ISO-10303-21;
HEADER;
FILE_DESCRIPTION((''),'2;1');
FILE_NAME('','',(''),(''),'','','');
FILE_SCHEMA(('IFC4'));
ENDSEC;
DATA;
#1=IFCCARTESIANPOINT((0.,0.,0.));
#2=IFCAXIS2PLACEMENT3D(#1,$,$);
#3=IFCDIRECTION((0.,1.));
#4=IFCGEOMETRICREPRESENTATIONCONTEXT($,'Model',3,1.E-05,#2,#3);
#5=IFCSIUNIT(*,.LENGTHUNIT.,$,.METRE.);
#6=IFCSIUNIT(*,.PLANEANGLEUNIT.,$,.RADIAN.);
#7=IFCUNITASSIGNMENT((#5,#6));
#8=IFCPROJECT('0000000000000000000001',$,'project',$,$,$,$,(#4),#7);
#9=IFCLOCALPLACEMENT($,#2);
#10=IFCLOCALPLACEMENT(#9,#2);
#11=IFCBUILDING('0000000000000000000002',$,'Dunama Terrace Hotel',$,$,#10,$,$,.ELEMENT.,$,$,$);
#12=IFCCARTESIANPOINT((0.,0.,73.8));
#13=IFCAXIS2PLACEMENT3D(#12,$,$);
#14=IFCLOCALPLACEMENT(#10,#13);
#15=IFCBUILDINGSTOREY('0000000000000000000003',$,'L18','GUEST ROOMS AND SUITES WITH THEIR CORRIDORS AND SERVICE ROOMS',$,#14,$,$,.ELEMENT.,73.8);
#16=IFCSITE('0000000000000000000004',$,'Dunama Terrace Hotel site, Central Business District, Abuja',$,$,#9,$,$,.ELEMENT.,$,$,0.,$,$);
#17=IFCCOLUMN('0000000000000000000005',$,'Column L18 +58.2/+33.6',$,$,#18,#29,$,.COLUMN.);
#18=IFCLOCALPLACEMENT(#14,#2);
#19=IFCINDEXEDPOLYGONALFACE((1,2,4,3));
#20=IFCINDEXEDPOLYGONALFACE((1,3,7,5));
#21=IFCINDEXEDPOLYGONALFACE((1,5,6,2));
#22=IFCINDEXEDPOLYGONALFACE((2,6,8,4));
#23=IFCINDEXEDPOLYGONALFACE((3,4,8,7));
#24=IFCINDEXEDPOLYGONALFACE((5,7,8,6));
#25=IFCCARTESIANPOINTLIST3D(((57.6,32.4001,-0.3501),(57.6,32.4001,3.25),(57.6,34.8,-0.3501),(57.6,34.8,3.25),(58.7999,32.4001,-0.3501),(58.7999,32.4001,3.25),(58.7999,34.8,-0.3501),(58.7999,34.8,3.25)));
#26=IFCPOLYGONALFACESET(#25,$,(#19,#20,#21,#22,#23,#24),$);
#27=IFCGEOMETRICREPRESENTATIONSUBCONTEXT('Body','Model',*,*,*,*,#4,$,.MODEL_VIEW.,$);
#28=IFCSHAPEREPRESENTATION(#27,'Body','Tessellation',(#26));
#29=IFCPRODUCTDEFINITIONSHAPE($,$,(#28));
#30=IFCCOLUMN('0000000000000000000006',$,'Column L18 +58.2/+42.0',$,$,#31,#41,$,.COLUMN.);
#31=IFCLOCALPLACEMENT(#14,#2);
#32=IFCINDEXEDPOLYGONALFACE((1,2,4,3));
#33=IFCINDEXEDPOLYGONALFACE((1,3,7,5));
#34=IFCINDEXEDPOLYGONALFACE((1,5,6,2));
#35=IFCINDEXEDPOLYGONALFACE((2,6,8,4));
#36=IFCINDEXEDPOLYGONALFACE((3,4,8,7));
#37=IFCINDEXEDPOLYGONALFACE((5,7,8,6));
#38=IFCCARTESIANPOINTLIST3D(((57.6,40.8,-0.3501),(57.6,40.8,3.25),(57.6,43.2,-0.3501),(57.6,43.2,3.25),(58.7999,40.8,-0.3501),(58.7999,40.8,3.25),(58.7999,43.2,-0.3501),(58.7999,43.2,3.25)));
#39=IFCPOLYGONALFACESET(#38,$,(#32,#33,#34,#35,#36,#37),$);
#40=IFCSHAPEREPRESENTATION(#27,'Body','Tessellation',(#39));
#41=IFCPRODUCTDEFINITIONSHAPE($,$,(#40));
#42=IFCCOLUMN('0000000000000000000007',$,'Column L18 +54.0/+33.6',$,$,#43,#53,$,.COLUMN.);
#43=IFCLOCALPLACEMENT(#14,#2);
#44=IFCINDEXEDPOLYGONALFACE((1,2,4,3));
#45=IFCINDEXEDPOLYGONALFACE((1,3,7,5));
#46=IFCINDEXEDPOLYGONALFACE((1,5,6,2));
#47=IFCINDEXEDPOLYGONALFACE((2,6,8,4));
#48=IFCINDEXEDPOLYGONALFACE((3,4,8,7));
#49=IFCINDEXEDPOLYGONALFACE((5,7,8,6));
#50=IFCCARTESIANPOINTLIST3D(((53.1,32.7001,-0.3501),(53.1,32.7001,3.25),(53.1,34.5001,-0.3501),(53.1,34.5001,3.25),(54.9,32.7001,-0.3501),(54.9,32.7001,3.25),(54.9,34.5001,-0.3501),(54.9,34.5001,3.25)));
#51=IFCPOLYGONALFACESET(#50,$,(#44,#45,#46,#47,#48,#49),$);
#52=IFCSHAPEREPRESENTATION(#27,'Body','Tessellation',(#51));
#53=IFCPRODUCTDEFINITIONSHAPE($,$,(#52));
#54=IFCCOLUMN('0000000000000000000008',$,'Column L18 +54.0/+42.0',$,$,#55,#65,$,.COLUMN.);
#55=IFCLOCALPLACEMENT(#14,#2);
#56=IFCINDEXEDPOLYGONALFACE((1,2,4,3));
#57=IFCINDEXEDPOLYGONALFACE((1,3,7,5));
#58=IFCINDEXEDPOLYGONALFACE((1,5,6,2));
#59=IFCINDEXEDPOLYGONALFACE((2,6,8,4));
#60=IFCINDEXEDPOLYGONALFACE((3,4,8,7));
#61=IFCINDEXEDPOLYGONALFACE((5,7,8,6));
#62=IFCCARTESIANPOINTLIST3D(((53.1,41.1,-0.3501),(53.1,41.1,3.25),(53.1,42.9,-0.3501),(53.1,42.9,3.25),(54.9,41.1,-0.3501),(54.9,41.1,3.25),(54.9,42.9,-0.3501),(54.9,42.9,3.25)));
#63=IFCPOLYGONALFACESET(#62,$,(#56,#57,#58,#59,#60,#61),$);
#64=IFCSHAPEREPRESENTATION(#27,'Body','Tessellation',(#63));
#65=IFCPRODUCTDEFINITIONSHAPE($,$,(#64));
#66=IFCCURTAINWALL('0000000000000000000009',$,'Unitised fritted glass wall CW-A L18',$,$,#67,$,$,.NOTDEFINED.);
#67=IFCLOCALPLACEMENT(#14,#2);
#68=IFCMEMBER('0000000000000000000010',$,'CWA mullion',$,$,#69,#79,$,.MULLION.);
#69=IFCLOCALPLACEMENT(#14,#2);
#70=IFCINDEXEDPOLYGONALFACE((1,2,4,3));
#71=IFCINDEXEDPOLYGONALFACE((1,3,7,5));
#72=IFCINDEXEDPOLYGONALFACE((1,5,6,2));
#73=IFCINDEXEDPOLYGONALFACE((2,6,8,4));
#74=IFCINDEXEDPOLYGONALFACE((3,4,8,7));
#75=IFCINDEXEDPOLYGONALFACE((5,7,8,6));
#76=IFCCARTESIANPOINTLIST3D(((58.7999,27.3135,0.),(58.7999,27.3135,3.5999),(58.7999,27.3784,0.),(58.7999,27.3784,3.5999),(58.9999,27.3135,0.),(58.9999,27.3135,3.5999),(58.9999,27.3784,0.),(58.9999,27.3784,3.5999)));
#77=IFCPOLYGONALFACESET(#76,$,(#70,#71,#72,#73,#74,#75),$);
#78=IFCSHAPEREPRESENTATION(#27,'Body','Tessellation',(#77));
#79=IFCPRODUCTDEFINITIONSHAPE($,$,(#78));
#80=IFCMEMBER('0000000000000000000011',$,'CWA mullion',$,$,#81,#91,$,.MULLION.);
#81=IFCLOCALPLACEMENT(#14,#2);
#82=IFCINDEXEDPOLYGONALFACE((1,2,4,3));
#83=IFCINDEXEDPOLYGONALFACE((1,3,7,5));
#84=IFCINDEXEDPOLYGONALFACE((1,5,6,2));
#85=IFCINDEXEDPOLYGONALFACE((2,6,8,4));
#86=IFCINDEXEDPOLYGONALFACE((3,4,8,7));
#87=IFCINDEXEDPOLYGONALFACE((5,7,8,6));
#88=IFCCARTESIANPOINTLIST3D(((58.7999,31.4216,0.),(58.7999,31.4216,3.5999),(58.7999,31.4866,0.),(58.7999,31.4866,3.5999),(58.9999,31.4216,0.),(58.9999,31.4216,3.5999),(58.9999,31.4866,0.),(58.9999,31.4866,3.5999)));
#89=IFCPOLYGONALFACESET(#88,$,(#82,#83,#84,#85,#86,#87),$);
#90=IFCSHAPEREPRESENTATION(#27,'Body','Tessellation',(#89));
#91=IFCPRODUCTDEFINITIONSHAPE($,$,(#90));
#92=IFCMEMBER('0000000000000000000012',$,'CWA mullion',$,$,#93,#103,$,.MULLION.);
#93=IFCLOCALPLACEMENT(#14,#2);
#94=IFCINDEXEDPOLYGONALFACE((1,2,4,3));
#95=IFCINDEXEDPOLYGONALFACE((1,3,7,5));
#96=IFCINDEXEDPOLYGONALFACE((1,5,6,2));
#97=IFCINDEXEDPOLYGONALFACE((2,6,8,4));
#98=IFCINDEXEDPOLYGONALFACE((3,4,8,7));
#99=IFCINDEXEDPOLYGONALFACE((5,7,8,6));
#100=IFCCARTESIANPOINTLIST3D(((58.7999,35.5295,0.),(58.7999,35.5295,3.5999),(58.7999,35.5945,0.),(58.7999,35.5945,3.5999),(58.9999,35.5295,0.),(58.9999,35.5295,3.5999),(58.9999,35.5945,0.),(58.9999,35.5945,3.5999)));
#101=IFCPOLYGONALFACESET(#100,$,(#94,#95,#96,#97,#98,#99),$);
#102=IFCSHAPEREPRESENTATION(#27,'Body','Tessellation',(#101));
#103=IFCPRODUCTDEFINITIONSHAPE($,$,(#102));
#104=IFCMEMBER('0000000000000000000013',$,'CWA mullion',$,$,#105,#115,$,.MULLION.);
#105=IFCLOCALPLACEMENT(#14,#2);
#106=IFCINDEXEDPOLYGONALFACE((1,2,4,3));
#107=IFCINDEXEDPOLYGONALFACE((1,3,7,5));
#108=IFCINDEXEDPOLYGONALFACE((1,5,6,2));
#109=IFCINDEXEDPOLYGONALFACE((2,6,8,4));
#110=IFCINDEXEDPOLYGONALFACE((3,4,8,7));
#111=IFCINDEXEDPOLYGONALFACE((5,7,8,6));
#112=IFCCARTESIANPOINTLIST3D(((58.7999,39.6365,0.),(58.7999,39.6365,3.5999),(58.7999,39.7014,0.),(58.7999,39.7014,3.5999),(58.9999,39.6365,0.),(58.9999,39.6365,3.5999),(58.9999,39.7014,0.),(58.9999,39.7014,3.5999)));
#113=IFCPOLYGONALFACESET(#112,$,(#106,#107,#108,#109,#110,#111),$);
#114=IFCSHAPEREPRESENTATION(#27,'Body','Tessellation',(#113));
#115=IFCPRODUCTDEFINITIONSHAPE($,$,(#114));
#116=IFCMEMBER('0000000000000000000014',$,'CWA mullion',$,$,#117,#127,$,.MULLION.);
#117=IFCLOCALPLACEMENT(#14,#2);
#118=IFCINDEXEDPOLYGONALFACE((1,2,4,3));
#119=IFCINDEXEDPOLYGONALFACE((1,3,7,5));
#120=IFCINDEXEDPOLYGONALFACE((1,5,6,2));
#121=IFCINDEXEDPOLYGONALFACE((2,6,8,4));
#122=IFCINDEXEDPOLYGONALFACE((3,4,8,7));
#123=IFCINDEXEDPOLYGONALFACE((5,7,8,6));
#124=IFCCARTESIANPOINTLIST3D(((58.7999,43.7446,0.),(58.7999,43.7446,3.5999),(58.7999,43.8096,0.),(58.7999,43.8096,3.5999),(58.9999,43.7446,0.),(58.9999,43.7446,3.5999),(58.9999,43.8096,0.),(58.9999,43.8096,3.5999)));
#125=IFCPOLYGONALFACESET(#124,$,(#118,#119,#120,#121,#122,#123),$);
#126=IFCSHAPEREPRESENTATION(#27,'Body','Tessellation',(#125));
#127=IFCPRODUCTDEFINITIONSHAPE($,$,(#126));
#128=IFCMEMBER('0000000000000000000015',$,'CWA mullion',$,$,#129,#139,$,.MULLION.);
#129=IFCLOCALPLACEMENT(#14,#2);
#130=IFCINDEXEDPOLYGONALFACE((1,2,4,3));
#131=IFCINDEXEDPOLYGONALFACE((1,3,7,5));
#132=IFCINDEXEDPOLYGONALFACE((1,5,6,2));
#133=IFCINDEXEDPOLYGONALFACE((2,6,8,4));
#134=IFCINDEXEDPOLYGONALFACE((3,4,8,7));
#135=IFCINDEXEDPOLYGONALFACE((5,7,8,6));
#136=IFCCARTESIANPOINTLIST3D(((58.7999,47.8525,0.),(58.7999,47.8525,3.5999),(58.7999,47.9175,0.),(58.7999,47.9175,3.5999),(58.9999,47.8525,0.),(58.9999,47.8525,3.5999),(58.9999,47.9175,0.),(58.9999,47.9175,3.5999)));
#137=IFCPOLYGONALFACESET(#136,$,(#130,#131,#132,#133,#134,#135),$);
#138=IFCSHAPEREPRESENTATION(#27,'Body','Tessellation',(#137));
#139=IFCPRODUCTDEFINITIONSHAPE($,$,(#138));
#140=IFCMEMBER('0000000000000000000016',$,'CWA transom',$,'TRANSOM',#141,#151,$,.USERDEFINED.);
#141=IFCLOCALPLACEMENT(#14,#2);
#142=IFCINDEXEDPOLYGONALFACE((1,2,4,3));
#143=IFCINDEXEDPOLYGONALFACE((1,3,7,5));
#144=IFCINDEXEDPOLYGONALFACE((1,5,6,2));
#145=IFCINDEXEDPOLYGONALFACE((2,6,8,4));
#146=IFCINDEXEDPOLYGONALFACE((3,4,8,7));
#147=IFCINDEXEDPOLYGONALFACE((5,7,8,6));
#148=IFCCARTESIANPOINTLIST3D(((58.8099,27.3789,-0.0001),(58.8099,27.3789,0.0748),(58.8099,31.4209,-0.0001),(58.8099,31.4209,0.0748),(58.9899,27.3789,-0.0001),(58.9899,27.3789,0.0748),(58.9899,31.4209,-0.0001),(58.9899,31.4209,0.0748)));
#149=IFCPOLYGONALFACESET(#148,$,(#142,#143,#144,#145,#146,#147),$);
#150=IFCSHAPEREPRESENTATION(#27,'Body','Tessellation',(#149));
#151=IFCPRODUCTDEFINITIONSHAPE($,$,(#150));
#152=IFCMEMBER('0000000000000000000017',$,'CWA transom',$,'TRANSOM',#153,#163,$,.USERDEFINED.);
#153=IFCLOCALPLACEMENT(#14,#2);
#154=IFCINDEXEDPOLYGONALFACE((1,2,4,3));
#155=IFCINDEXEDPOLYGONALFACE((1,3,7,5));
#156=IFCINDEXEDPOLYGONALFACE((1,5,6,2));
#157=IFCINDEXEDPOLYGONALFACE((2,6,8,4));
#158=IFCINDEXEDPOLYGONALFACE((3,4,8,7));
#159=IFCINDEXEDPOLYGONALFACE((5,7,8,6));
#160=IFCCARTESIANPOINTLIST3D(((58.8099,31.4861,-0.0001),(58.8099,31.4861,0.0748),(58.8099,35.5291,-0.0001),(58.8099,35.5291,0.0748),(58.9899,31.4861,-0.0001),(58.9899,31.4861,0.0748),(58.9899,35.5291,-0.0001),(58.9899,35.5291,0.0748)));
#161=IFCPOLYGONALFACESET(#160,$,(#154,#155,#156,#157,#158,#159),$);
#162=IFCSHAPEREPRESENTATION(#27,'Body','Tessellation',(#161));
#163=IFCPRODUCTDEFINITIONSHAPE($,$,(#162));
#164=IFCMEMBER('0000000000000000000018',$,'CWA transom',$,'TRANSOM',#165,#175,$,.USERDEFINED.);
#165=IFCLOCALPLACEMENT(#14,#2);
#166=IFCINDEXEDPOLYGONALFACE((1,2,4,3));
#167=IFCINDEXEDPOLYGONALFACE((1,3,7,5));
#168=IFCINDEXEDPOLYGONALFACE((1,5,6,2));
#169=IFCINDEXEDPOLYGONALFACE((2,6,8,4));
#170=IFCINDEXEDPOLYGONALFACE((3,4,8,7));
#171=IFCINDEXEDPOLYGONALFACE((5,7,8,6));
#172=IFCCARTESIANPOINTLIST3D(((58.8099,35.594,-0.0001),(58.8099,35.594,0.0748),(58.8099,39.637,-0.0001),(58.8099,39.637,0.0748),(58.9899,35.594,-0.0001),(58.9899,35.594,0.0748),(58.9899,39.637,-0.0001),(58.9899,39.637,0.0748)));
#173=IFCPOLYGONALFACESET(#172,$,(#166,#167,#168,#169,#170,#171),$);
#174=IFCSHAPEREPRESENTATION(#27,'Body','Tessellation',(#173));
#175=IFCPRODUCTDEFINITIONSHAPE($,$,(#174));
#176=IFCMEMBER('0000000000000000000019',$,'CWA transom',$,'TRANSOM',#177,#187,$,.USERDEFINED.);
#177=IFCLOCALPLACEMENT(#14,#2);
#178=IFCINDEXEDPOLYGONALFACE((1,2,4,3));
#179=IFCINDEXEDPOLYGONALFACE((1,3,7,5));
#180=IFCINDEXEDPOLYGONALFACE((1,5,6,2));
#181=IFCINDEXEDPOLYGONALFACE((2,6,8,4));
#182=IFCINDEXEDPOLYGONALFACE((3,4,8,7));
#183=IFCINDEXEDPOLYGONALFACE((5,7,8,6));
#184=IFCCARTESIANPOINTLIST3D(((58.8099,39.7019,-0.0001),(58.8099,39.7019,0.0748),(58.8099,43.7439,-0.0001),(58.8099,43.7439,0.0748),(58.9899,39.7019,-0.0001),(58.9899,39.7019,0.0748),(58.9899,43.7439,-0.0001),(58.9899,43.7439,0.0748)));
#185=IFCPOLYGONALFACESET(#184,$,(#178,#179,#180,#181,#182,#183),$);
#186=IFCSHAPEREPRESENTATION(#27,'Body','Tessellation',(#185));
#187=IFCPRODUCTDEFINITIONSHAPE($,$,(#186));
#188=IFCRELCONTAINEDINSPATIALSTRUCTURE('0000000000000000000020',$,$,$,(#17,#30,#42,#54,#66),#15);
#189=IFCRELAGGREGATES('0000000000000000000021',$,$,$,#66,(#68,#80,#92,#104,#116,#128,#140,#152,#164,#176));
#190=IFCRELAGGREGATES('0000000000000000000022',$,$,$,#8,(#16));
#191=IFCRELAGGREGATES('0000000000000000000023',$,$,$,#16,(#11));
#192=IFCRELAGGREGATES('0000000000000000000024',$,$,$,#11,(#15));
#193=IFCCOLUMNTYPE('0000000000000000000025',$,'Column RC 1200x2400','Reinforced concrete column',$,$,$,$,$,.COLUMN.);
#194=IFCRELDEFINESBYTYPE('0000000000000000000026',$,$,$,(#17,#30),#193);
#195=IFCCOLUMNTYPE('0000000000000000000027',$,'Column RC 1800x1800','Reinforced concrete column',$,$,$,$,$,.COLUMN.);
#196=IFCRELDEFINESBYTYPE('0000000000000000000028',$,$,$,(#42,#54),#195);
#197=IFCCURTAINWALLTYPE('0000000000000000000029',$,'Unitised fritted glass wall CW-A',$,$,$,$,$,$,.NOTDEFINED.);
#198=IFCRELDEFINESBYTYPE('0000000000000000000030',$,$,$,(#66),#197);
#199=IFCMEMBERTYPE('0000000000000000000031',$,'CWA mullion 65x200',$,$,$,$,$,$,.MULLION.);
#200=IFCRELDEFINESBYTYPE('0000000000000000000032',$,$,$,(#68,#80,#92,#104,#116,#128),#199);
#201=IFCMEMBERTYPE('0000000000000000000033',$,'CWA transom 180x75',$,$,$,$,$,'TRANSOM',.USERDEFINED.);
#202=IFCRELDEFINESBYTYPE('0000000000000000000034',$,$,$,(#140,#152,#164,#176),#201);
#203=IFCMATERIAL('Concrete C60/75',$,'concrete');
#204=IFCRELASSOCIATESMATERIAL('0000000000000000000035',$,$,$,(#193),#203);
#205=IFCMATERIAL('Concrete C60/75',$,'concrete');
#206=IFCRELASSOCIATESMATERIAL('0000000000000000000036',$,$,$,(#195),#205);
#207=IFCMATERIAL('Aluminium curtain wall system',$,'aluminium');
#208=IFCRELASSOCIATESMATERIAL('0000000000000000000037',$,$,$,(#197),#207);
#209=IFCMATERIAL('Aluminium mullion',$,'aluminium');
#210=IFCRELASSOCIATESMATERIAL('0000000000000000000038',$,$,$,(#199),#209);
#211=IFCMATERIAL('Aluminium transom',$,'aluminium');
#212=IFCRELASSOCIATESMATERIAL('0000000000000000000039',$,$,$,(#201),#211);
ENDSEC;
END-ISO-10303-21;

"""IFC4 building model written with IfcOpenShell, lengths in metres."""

from ifc_helpers import new_model, si_unit, direction, frame, origin, origin_2d, place, context, subcontext, project, spatial, rectangle, extrude, material, material_profile, profile_set, type_object, element, aggregate, save


model = new_model("IFC4")

# Units and contexts
model_context = context("Model", 3, precision=1e-05, world=origin(), true_north=direction((0.0, 1.0)))
body_context = subcontext(model_context, "Body", "Model", "MODEL_VIEW")
ifc_project = project(units=[si_unit("LENGTHUNIT", "METRE"), si_unit("PLANEANGLEUNIT", "RADIAN")], contexts=[model_context])

# Site, building, storey
site_placement = place(None, origin())
site = spatial("IfcSite", under=ifc_project, at=site_placement, Name="Dunama Terrace Hotel site, Central Business District, Abuja", CompositionType="ELEMENT", RefElevation=0.0)
building_placement = place(site_placement, origin())
building = spatial("IfcBuilding", under=site, at=building_placement, Name="Dunama Terrace Hotel", CompositionType="ELEMENT")
storey_placement = place(building_placement, frame((0.0, 0.0, 73.8)))
storey = spatial("IfcBuildingStorey", under=building, at=storey_placement, Name="L18", Description="GUEST ROOMS AND SUITES WITH THEIR CORRIDORS AND SERVICE ROOMS", CompositionType="ELEMENT", Elevation=73.8)

# Columns
ifc_material_1 = material(Name="Concrete C60/75", Category="concrete")
ifc_material_profile_1 = material_profile(ifc_material_1, rectangle(XDim=1.2, YDim=2.3999, at=origin_2d()), Name="RC 1200x2400")
ifc_profile_set_1 = profile_set([ifc_material_profile_1], Name="Concrete C60/75")
column_type_1 = type_object("IfcColumnType", Name="Column RC 1200x2400", Description="Reinforced concrete column", PredefinedType="COLUMN", material=ifc_profile_set_1)
for number, where, z_axis, x_axis, name in (
    (1, (58.2, 33.6001, -0.3501), (0.0, 0.0, 1.0), (1.0, 0.0, 0.0), "Column L18 +58.2/+33.6"),
    (2, (58.2, 42.0, -0.3501), (0.0, 0.0, 1.0), (1.0, 0.0, 0.0), "Column L18 +58.2/+42.0"),
):
    element("IfcColumn", number, at=place(storey_placement, frame(where, z_axis=z_axis, x_axis=x_axis)), inside=storey, type_object=column_type_1, Name=name, PredefinedType="COLUMN", context=body_context, shape_type="SweptSolid", body=[
        extrude(rectangle(XDim=1.2, YDim=2.3999, at=origin_2d()), origin(), (0.0, 0.0, 1.0), 3.6001),
    ])
ifc_material_2 = material(Name="Concrete C60/75", Category="concrete")
ifc_material_profile_2 = material_profile(ifc_material_2, rectangle(XDim=1.8, YDim=1.8, at=origin_2d()), Name="RC 1800x1800")
ifc_profile_set_2 = profile_set([ifc_material_profile_2], Name="Concrete C60/75")
column_type_2 = type_object("IfcColumnType", Name="Column RC 1800x1800", Description="Reinforced concrete column", PredefinedType="COLUMN", material=ifc_profile_set_2)
for number, where, z_axis, x_axis, name in (
    (3, (54.0, 33.6001, -0.3501), (0.0, 0.0, 1.0), (1.0, 0.0, 0.0), "Column L18 +54.0/+33.6"),
    (4, (54.0, 42.0, -0.3501), (0.0, 0.0, 1.0), (1.0, 0.0, 0.0), "Column L18 +54.0/+42.0"),
):
    element("IfcColumn", number, at=place(storey_placement, frame(where, z_axis=z_axis, x_axis=x_axis)), inside=storey, type_object=column_type_2, Name=name, PredefinedType="COLUMN", context=body_context, shape_type="SweptSolid", body=[
        extrude(rectangle(XDim=1.8, YDim=1.8, at=origin_2d()), origin(), (0.0, 0.0, 1.0), 3.6001),
    ])

# Curtain wall, members
ifc_material_3 = material(Name="Aluminium curtain wall system", Category="aluminium")
curtain_wall_type = type_object("IfcCurtainWallType", Name="Unitised fritted glass wall CW-A", PredefinedType="NOTDEFINED", material=ifc_material_3)
curtain_wall_placement = place(storey_placement, origin())
curtain_wall = element("IfcCurtainWall", 5, at=curtain_wall_placement, inside=storey, type_object=curtain_wall_type, Name="Unitised fritted glass wall CW-A L18", PredefinedType="NOTDEFINED")
ifc_material_4 = material(Name="Aluminium mullion", Category="aluminium")
ifc_material_profile_3 = material_profile(ifc_material_4, rectangle(XDim=0.0649, YDim=0.2, at=origin_2d()), Name="CWA MULLION 65X200")
ifc_profile_set_3 = profile_set([ifc_material_profile_3], Name="Aluminium mullion")
member_type_1 = type_object("IfcMemberType", Name="CWA mullion 65x200", PredefinedType="MULLION", material=ifc_profile_set_3)
member_1_placement = place(storey_placement, frame((58.8999, 27.3459, 0.0), z_axis=(0.0, 0.0, 1.0), x_axis=(0.0, 1.0, 0.0)))
member_1 = element("IfcMember", 6, at=member_1_placement, type_object=member_type_1, Name="CWA mullion", PredefinedType="MULLION", context=body_context, shape_type="SweptSolid", body=[
    extrude(rectangle(XDim=0.0649, YDim=0.2, at=origin_2d()), origin(), (0.0, 0.0, 1.0), 3.5999),
])
member_2_placement = place(storey_placement, frame((58.8999, 31.4541, 0.0), z_axis=(0.0, 0.0, 1.0), x_axis=(0.0, 1.0, 0.0)))
member_2 = element("IfcMember", 7, at=member_2_placement, type_object=member_type_1, Name="CWA mullion", PredefinedType="MULLION", context=body_context, shape_type="SweptSolid", body=[
    extrude(rectangle(XDim=0.0649, YDim=0.2, at=origin_2d()), origin(), (0.0, 0.0, 1.0), 3.5999),
])
member_3_placement = place(storey_placement, frame((58.8999, 35.562, 0.0), z_axis=(0.0, 0.0, 1.0), x_axis=(0.0, 1.0, 0.0)))
member_3 = element("IfcMember", 8, at=member_3_placement, type_object=member_type_1, Name="CWA mullion", PredefinedType="MULLION", context=body_context, shape_type="SweptSolid", body=[
    extrude(rectangle(XDim=0.0649, YDim=0.2, at=origin_2d()), origin(), (0.0, 0.0, 1.0), 3.5999),
])
member_4_placement = place(storey_placement, frame((58.8999, 39.6689, 0.0), z_axis=(0.0, 0.0, 1.0), x_axis=(0.0, 1.0, 0.0)))
member_4 = element("IfcMember", 9, at=member_4_placement, type_object=member_type_1, Name="CWA mullion", PredefinedType="MULLION", context=body_context, shape_type="SweptSolid", body=[
    extrude(rectangle(XDim=0.0649, YDim=0.2, at=origin_2d()), origin(), (0.0, 0.0, 1.0), 3.5999),
])
member_5_placement = place(storey_placement, frame((58.8999, 43.7771, 0.0), z_axis=(0.0, 0.0, 1.0), x_axis=(0.0, 1.0, 0.0)))
member_5 = element("IfcMember", 10, at=member_5_placement, type_object=member_type_1, Name="CWA mullion", PredefinedType="MULLION", context=body_context, shape_type="SweptSolid", body=[
    extrude(rectangle(XDim=0.0649, YDim=0.2, at=origin_2d()), origin(), (0.0, 0.0, 1.0), 3.5999),
])
member_6_placement = place(storey_placement, frame((58.8999, 47.885, 0.0), z_axis=(0.0, 0.0, 1.0), x_axis=(0.0, 1.0, 0.0)))
member_6 = element("IfcMember", 11, at=member_6_placement, type_object=member_type_1, Name="CWA mullion", PredefinedType="MULLION", context=body_context, shape_type="SweptSolid", body=[
    extrude(rectangle(XDim=0.0649, YDim=0.2, at=origin_2d()), origin(), (0.0, 0.0, 1.0), 3.5999),
])
ifc_material_5 = material(Name="Aluminium transom", Category="aluminium")
ifc_material_profile_4 = material_profile(ifc_material_5, rectangle(XDim=0.1799, YDim=0.075, at=origin_2d()), Name="CWA TRANSOM 180X75")
ifc_profile_set_4 = profile_set([ifc_material_profile_4], Name="Aluminium transom")
member_type_2 = type_object("IfcMemberType", Name="CWA transom 180x75", ElementType="TRANSOM", PredefinedType="USERDEFINED", material=ifc_profile_set_4)
member_7_placement = place(storey_placement, frame((58.8999, 27.3789, 0.0374), z_axis=(0.0, 1.0, 0.0), x_axis=(-1.0, 0.0, 0.0)))
member_7 = element("IfcMember", 12, at=member_7_placement, type_object=member_type_2, Name="CWA transom", ObjectType="TRANSOM", PredefinedType="USERDEFINED", context=body_context, shape_type="SweptSolid", body=[
    extrude(rectangle(XDim=0.1799, YDim=0.075, at=origin_2d()), origin(), (0.0, 0.0, 1.0), 4.042),
])
member_8_placement = place(storey_placement, frame((58.8999, 31.4861, 0.0374), z_axis=(0.0, 1.0, 0.0), x_axis=(-1.0, 0.0, 0.0)))
member_8 = element("IfcMember", 13, at=member_8_placement, type_object=member_type_2, Name="CWA transom", ObjectType="TRANSOM", PredefinedType="USERDEFINED", context=body_context, shape_type="SweptSolid", body=[
    extrude(rectangle(XDim=0.1799, YDim=0.075, at=origin_2d()), origin(), (0.0, 0.0, 1.0), 4.043),
])
member_9_placement = place(storey_placement, frame((58.8999, 35.594, 0.0374), z_axis=(0.0, 1.0, 0.0), x_axis=(-1.0, 0.0, 0.0)))
member_9 = element("IfcMember", 14, at=member_9_placement, type_object=member_type_2, Name="CWA transom", ObjectType="TRANSOM", PredefinedType="USERDEFINED", context=body_context, shape_type="SweptSolid", body=[
    extrude(rectangle(XDim=0.1799, YDim=0.075, at=origin_2d()), origin(), (0.0, 0.0, 1.0), 4.043),
])
member_10_placement = place(storey_placement, frame((58.8999, 39.7019, 0.0374), z_axis=(0.0, 1.0, 0.0), x_axis=(-1.0, 0.0, 0.0)))
member_10 = element("IfcMember", 15, at=member_10_placement, type_object=member_type_2, Name="CWA transom", ObjectType="TRANSOM", PredefinedType="USERDEFINED", context=body_context, shape_type="SweptSolid", body=[
    extrude(rectangle(XDim=0.1799, YDim=0.075, at=origin_2d()), origin(), (0.0, 0.0, 1.0), 4.042),
])

aggregate(curtain_wall, [member_1, member_2, member_3, member_4, member_5, member_6, member_7, member_8, member_9, member_10])

save(model, "model.ifc")
